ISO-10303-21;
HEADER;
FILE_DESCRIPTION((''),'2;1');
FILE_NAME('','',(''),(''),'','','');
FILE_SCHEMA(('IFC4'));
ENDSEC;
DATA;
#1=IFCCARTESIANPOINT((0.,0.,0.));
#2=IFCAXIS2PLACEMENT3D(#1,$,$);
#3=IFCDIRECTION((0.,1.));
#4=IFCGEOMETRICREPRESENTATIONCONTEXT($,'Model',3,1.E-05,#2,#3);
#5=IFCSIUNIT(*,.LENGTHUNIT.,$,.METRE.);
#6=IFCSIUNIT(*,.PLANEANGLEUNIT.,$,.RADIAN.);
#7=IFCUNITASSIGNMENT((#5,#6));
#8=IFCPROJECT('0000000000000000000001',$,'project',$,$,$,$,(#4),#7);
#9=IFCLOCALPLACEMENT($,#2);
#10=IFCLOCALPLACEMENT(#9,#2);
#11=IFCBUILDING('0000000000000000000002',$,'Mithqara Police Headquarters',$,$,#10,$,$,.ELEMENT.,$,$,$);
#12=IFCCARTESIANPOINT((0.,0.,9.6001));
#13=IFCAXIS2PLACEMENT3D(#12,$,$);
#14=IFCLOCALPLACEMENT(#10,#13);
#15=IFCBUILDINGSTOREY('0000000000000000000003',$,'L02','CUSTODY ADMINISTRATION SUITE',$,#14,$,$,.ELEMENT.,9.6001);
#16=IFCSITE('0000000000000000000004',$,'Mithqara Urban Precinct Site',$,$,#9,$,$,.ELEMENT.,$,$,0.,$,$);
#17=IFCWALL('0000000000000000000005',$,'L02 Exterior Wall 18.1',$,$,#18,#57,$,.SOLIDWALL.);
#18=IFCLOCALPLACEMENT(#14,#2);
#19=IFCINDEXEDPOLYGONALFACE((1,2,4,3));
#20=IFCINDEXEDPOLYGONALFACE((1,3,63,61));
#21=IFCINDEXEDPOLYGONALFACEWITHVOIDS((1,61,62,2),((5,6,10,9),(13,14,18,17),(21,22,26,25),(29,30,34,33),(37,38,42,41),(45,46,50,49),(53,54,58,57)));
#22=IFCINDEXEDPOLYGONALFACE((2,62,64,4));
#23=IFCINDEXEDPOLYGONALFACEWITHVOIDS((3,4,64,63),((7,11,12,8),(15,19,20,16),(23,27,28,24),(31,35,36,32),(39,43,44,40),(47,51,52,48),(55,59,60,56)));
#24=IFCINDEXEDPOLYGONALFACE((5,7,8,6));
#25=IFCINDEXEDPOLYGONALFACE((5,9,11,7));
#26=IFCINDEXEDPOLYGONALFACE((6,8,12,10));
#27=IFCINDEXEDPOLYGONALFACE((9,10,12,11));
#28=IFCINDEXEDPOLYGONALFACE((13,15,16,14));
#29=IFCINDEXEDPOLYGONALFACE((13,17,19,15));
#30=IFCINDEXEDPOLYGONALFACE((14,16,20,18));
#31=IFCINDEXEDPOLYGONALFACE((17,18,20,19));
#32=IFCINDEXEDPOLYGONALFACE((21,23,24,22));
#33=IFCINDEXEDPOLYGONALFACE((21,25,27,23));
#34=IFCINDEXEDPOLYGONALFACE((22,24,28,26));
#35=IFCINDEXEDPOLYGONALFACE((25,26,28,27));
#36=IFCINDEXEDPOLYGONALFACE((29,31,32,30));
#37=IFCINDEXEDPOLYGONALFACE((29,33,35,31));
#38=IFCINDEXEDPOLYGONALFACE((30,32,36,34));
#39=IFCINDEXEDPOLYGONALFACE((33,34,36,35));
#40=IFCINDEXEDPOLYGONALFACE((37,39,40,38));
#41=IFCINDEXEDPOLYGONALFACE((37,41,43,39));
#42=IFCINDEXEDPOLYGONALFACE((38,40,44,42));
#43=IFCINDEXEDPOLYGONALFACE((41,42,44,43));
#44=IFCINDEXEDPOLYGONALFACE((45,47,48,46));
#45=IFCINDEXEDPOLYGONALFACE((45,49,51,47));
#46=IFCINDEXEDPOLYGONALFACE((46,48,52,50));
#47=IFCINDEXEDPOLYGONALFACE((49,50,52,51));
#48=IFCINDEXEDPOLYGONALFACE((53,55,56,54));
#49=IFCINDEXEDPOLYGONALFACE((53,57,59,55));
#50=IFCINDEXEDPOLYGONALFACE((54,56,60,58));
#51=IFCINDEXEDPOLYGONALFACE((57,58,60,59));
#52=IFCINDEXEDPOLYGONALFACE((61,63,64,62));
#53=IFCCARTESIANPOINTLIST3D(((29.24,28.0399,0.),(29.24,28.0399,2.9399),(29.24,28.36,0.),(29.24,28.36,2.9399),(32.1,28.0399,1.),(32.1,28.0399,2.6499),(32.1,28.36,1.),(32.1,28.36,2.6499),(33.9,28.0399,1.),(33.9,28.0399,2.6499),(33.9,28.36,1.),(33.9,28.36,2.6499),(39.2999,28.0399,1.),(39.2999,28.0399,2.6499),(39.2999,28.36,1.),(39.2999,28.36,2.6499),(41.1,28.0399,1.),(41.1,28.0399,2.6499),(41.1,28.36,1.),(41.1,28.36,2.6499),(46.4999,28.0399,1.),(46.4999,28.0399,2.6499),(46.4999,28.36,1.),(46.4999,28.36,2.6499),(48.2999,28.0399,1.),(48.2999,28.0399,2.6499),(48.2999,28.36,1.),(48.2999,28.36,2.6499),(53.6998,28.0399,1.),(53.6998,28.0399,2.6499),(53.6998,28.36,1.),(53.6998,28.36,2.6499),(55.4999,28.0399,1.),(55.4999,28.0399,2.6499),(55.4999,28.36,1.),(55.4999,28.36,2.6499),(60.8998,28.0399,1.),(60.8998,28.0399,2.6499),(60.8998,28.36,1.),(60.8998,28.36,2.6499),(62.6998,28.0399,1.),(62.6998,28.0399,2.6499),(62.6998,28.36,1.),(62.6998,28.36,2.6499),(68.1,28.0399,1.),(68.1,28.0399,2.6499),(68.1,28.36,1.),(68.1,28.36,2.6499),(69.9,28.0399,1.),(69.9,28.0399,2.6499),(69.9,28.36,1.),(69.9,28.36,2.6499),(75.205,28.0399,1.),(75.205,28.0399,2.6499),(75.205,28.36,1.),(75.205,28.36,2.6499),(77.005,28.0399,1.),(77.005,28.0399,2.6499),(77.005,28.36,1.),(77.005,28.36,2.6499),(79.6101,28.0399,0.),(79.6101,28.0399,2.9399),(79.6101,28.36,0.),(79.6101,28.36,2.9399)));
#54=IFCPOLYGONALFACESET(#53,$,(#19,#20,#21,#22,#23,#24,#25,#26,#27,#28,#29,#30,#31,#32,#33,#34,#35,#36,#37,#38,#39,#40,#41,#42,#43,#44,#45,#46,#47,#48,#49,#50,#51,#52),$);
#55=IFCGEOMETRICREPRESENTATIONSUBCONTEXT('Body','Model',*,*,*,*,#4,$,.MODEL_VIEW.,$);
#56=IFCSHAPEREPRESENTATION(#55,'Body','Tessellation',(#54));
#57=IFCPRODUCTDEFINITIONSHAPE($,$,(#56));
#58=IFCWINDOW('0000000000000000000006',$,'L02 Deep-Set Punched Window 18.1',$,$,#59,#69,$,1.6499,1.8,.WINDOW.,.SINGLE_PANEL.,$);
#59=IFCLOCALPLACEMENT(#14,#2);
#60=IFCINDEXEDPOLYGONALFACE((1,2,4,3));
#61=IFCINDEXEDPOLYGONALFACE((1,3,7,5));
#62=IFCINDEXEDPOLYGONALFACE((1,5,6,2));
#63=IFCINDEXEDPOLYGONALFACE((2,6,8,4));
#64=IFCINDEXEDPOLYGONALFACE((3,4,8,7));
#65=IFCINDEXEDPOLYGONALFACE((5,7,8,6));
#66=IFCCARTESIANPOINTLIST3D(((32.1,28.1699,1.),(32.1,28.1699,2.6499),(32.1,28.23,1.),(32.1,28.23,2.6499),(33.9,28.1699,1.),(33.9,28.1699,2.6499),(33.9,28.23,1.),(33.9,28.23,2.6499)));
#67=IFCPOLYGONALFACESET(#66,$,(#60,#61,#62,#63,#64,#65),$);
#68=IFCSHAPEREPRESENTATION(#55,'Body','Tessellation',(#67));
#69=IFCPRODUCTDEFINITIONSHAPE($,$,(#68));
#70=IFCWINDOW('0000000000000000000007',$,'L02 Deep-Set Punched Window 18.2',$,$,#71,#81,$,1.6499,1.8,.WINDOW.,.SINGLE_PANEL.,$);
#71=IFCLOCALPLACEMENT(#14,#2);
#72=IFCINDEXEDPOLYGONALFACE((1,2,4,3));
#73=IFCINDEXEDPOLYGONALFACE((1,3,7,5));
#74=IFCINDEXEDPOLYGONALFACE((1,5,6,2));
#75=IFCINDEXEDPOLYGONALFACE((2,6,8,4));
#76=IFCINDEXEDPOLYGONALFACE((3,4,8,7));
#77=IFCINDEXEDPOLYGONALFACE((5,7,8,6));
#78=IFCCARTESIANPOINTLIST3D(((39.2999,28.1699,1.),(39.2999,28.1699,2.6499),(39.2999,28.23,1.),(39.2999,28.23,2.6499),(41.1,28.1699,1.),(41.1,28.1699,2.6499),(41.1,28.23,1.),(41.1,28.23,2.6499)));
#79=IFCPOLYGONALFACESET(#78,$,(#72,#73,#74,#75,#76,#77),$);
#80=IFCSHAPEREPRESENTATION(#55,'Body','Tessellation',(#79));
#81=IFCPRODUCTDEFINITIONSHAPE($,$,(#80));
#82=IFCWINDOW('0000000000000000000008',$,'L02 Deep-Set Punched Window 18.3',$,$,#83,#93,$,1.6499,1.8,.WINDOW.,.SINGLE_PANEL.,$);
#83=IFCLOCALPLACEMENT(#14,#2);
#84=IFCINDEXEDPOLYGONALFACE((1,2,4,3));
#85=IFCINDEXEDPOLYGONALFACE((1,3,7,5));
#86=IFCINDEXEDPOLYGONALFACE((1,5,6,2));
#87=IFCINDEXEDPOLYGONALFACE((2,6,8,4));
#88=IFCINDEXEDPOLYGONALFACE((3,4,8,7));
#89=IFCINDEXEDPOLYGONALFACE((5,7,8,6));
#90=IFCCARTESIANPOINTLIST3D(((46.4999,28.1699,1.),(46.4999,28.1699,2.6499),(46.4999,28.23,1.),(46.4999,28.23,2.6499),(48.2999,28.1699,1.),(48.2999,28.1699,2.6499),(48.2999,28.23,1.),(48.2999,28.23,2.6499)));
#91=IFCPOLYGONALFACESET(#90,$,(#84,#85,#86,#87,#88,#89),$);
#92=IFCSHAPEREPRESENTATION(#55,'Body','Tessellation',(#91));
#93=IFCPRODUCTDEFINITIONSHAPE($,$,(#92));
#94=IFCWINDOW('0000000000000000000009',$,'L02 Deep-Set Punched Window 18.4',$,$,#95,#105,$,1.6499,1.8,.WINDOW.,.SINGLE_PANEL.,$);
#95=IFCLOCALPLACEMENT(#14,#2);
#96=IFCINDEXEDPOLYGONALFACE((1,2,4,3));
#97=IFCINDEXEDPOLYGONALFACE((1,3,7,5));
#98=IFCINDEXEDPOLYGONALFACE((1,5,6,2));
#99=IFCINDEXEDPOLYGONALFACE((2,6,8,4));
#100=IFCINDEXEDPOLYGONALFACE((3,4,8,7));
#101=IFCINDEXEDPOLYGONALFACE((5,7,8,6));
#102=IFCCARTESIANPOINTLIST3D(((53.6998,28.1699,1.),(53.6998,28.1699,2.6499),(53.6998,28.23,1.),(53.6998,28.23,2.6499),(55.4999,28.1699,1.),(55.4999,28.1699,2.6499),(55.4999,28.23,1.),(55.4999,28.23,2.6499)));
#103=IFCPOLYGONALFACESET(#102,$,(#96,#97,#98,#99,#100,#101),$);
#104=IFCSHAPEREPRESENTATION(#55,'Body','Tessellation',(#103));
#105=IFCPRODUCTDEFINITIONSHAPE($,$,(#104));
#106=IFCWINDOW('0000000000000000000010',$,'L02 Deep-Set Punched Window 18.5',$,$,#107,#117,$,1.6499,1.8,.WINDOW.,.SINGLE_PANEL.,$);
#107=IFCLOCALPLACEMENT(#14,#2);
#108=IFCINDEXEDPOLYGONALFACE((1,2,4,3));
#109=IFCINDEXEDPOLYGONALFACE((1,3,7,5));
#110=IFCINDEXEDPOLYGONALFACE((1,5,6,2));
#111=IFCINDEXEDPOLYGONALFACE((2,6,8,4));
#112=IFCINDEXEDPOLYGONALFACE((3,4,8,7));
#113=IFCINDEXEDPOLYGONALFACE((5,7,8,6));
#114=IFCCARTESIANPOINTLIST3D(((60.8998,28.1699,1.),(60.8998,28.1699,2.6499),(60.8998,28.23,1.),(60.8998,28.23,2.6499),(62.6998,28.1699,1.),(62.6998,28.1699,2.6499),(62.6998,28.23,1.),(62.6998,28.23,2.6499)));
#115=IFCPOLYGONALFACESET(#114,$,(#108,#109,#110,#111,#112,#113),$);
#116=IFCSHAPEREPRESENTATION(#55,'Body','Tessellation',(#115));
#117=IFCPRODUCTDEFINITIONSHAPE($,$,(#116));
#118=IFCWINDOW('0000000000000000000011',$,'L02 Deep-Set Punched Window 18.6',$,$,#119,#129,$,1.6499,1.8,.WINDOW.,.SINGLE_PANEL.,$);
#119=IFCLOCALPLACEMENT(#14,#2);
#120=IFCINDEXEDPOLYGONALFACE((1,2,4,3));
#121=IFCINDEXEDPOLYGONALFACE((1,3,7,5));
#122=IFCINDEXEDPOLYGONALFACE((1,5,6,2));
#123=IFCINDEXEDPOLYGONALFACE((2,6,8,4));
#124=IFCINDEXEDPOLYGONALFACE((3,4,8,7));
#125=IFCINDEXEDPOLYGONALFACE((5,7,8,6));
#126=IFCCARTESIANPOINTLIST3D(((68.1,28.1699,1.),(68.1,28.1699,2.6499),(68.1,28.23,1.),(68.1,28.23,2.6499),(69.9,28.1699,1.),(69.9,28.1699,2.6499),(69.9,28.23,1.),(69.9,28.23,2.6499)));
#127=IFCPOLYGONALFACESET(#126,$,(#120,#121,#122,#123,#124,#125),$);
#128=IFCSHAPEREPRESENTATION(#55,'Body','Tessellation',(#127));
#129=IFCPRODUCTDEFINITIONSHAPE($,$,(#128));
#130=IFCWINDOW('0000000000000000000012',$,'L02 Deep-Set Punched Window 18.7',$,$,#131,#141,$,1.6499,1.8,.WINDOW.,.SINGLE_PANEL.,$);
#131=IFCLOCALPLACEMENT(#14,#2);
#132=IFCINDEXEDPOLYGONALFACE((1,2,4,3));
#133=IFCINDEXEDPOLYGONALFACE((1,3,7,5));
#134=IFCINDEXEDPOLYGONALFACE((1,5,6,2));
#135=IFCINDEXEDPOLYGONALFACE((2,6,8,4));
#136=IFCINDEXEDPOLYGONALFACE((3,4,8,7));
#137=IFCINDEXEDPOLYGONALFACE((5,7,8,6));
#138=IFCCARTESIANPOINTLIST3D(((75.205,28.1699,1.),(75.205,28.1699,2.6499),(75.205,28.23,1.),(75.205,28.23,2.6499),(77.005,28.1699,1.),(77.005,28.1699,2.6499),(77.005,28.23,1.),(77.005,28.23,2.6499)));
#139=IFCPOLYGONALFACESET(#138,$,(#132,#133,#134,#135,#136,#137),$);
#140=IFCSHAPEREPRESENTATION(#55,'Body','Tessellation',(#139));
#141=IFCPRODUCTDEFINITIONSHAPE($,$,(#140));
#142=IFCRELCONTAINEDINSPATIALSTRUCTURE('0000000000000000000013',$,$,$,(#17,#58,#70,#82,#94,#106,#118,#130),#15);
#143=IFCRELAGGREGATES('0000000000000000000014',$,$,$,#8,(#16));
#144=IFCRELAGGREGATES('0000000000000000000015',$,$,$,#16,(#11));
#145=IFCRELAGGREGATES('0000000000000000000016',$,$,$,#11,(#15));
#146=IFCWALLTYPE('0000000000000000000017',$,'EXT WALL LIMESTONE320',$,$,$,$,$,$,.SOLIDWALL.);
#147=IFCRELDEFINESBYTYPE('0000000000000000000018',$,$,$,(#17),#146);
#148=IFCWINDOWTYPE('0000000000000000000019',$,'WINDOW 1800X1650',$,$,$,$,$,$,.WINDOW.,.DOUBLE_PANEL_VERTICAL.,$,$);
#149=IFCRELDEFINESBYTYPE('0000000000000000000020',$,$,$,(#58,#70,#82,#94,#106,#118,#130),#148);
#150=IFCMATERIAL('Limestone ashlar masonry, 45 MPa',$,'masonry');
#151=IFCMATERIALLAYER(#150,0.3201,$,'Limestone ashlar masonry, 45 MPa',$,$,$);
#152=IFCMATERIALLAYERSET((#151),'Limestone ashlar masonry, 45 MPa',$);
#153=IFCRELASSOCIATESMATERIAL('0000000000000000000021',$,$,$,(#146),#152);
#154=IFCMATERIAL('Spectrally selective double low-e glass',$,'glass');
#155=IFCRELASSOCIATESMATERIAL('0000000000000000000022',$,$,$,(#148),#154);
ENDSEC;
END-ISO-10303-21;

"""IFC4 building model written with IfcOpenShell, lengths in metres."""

from ifc_helpers import new_model, si_unit, direction, frame, frame_2d, origin, place, context, subcontext, project, spatial, rectangle, extrude, material, layer, layer_set, type_object, element, fill, save


model = new_model("IFC4")

# Units and contexts
model_context = context("Model", 3, precision=1e-05, world=origin(), true_north=direction((0.0, 1.0)))
body_context = subcontext(model_context, "Body", "Model", "MODEL_VIEW")
ifc_project = project(units=[si_unit("LENGTHUNIT", "METRE"), si_unit("PLANEANGLEUNIT", "RADIAN")], contexts=[model_context])

# Site, building, storey
site_placement = place(None, origin())
site = spatial("IfcSite", under=ifc_project, at=site_placement, Name="Mithqara Urban Precinct Site", CompositionType="ELEMENT", RefElevation=0.0)
building_placement = place(site_placement, origin())
building = spatial("IfcBuilding", under=site, at=building_placement, Name="Mithqara Police Headquarters", CompositionType="ELEMENT")
storey_placement = place(building_placement, frame((0.0, 0.0, 9.6001)))
storey = spatial("IfcBuildingStorey", under=building, at=storey_placement, Name="L02", Description="CUSTODY ADMINISTRATION SUITE", CompositionType="ELEMENT", Elevation=9.6001)

# Shared definitions
ifc_material_1 = material(Name="Limestone ashlar masonry, 45 MPa", Category="masonry")
ifc_layer_1 = layer(ifc_material_1, 0.3201, Name="Limestone ashlar masonry, 45 MPa")
ifc_layer_set_1 = layer_set([ifc_layer_1], Name="Limestone ashlar masonry, 45 MPa")
wall_type_1 = type_object("IfcWallType", Name="EXT WALL LIMESTONE320", PredefinedType="SOLIDWALL", material=ifc_layer_set_1)
ifc_material_2 = material(Name="Spectrally selective double low-e glass", Category="glass")

# Wall, openings, windows
wall_1_placement = place(storey_placement, frame((29.24, 28.2, 0.0), z_axis=(0.0, 0.0, 1.0), x_axis=(1.0, 0.0, 0.0)))
wall_1 = element("IfcWall", 1, at=wall_1_placement, inside=storey, type_object=wall_type_1, Name="L02 Exterior Wall 18.1", PredefinedType="SOLIDWALL", context=body_context, shape_type="SweptSolid", body=[
    extrude(rectangle(XDim=50.3701, YDim=0.3201, at=frame_2d((25.1851, 0.0))), origin(), (0.0, 0.0, 1.0), 2.9399),
])
opening_1_placement = place(wall_1_placement, frame((2.8601, 0.0, 1.0)))
opening_1 = element("IfcOpeningElement", 2, at=opening_1_placement, cuts=wall_1, PredefinedType="OPENING", context=body_context, shape_type="SweptSolid", body=[
    extrude(rectangle(XDim=1.8, YDim=1.6499, at=frame_2d((0.8999, 0.825))), frame((0.0, 0.1699, 0.0), z_axis=(0.0, -1.0, 0.0), x_axis=(1.0, 0.0, 0.0)), (0.0, 0.0, 1.0), 0.3401),
])
opening_2_placement = place(wall_1_placement, frame((10.0601, 0.0, 1.0)))
opening_2 = element("IfcOpeningElement", 3, at=opening_2_placement, cuts=wall_1, PredefinedType="OPENING", context=body_context, shape_type="SweptSolid", body=[
    extrude(rectangle(XDim=1.8, YDim=1.6499, at=frame_2d((0.8999, 0.825))), frame((0.0, 0.1699, 0.0), z_axis=(0.0, -1.0, 0.0), x_axis=(1.0, 0.0, 0.0)), (0.0, 0.0, 1.0), 0.3401),
])
opening_3_placement = place(wall_1_placement, frame((17.26, 0.0, 1.0)))
opening_3 = element("IfcOpeningElement", 4, at=opening_3_placement, cuts=wall_1, PredefinedType="OPENING", context=body_context, shape_type="SweptSolid", body=[
    extrude(rectangle(XDim=1.8, YDim=1.6499, at=frame_2d((0.8999, 0.825))), frame((0.0, 0.1699, 0.0), z_axis=(0.0, -1.0, 0.0), x_axis=(1.0, 0.0, 0.0)), (0.0, 0.0, 1.0), 0.3401),
])
opening_4_placement = place(wall_1_placement, frame((24.46, 0.0, 1.0)))
opening_4 = element("IfcOpeningElement", 5, at=opening_4_placement, cuts=wall_1, PredefinedType="OPENING", context=body_context, shape_type="SweptSolid", body=[
    extrude(rectangle(XDim=1.8, YDim=1.6499, at=frame_2d((0.8999, 0.825))), frame((0.0, 0.1699, 0.0), z_axis=(0.0, -1.0, 0.0), x_axis=(1.0, 0.0, 0.0)), (0.0, 0.0, 1.0), 0.3401),
])
opening_5_placement = place(wall_1_placement, frame((31.6599, 0.0, 1.0)))
opening_5 = element("IfcOpeningElement", 6, at=opening_5_placement, cuts=wall_1, PredefinedType="OPENING", context=body_context, shape_type="SweptSolid", body=[
    extrude(rectangle(XDim=1.8, YDim=1.6499, at=frame_2d((0.8999, 0.825))), frame((0.0, 0.1699, 0.0), z_axis=(0.0, -1.0, 0.0), x_axis=(1.0, 0.0, 0.0)), (0.0, 0.0, 1.0), 0.3401),
])
opening_6_placement = place(wall_1_placement, frame((38.8601, 0.0, 1.0)))
opening_6 = element("IfcOpeningElement", 7, at=opening_6_placement, cuts=wall_1, PredefinedType="OPENING", context=body_context, shape_type="SweptSolid", body=[
    extrude(rectangle(XDim=1.8, YDim=1.6499, at=frame_2d((0.8999, 0.825))), frame((0.0, 0.1699, 0.0), z_axis=(0.0, -1.0, 0.0), x_axis=(1.0, 0.0, 0.0)), (0.0, 0.0, 1.0), 0.3401),
])
opening_7_placement = place(wall_1_placement, frame((45.9651, 0.0, 1.0)))
opening_7 = element("IfcOpeningElement", 8, at=opening_7_placement, cuts=wall_1, PredefinedType="OPENING", context=body_context, shape_type="SweptSolid", body=[
    extrude(rectangle(XDim=1.8, YDim=1.6499, at=frame_2d((0.8999, 0.825))), frame((0.0, 0.1699, 0.0), z_axis=(0.0, -1.0, 0.0), x_axis=(1.0, 0.0, 0.0)), (0.0, 0.0, 1.0), 0.3401),
])
window_type_1 = type_object("IfcWindowType", Name="WINDOW 1800X1650", PartitioningType="DOUBLE_PANEL_VERTICAL", PredefinedType="WINDOW", material=ifc_material_2)
window_1_placement = place(opening_1_placement, origin())
window_1 = element("IfcWindow", 9, at=window_1_placement, inside=storey, type_object=window_type_1, Name="L02 Deep-Set Punched Window 18.1", OverallHeight=1.6499, OverallWidth=1.8, PartitioningType="SINGLE_PANEL", PredefinedType="WINDOW", context=body_context, shape_type="SweptSolid", body=[
    extrude(rectangle(XDim=1.8, YDim=1.6499, at=frame_2d((0.8999, 0.825))), frame((0.0, 0.03, 0.0), z_axis=(0.0, -1.0, 0.0), x_axis=(1.0, 0.0, 0.0)), (0.0, 0.0, 1.0), 0.0601),
])
fill(opening_1, window_1)
window_2_placement = place(opening_2_placement, origin())
window_2 = element("IfcWindow", 10, at=window_2_placement, inside=storey, type_object=window_type_1, Name="L02 Deep-Set Punched Window 18.2", OverallHeight=1.6499, OverallWidth=1.8, PartitioningType="SINGLE_PANEL", PredefinedType="WINDOW", context=body_context, shape_type="SweptSolid", body=[
    extrude(rectangle(XDim=1.8, YDim=1.6499, at=frame_2d((0.8999, 0.825))), frame((0.0, 0.03, 0.0), z_axis=(0.0, -1.0, 0.0), x_axis=(1.0, 0.0, 0.0)), (0.0, 0.0, 1.0), 0.0601),
])
fill(opening_2, window_2)
window_3_placement = place(opening_3_placement, origin())
window_3 = element("IfcWindow", 11, at=window_3_placement, inside=storey, type_object=window_type_1, Name="L02 Deep-Set Punched Window 18.3", OverallHeight=1.6499, OverallWidth=1.8, PartitioningType="SINGLE_PANEL", PredefinedType="WINDOW", context=body_context, shape_type="SweptSolid", body=[
    extrude(rectangle(XDim=1.8, YDim=1.6499, at=frame_2d((0.8999, 0.825))), frame((0.0, 0.03, 0.0), z_axis=(0.0, -1.0, 0.0), x_axis=(1.0, 0.0, 0.0)), (0.0, 0.0, 1.0), 0.0601),
])
fill(opening_3, window_3)
window_4_placement = place(opening_4_placement, origin())
window_4 = element("IfcWindow", 12, at=window_4_placement, inside=storey, type_object=window_type_1, Name="L02 Deep-Set Punched Window 18.4", OverallHeight=1.6499, OverallWidth=1.8, PartitioningType="SINGLE_PANEL", PredefinedType="WINDOW", context=body_context, shape_type="SweptSolid", body=[
    extrude(rectangle(XDim=1.8, YDim=1.6499, at=frame_2d((0.8999, 0.825))), frame((0.0, 0.03, 0.0), z_axis=(0.0, -1.0, 0.0), x_axis=(1.0, 0.0, 0.0)), (0.0, 0.0, 1.0), 0.0601),
])
fill(opening_4, window_4)
window_5_placement = place(opening_5_placement, origin())
window_5 = element("IfcWindow", 13, at=window_5_placement, inside=storey, type_object=window_type_1, Name="L02 Deep-Set Punched Window 18.5", OverallHeight=1.6499, OverallWidth=1.8, PartitioningType="SINGLE_PANEL", PredefinedType="WINDOW", context=body_context, shape_type="SweptSolid", body=[
    extrude(rectangle(XDim=1.8, YDim=1.6499, at=frame_2d((0.8999, 0.825))), frame((0.0, 0.03, 0.0), z_axis=(0.0, -1.0, 0.0), x_axis=(1.0, 0.0, 0.0)), (0.0, 0.0, 1.0), 0.0601),
])
fill(opening_5, window_5)
window_6_placement = place(opening_6_placement, origin())
window_6 = element("IfcWindow", 14, at=window_6_placement, inside=storey, type_object=window_type_1, Name="L02 Deep-Set Punched Window 18.6", OverallHeight=1.6499, OverallWidth=1.8, PartitioningType="SINGLE_PANEL", PredefinedType="WINDOW", context=body_context, shape_type="SweptSolid", body=[
    extrude(rectangle(XDim=1.8, YDim=1.6499, at=frame_2d((0.8999, 0.825))), frame((0.0, 0.03, 0.0), z_axis=(0.0, -1.0, 0.0), x_axis=(1.0, 0.0, 0.0)), (0.0, 0.0, 1.0), 0.0601),
])
fill(opening_6, window_6)
window_7_placement = place(opening_7_placement, origin())
window_7 = element("IfcWindow", 15, at=window_7_placement, inside=storey, type_object=window_type_1, Name="L02 Deep-Set Punched Window 18.7", OverallHeight=1.6499, OverallWidth=1.8, PartitioningType="SINGLE_PANEL", PredefinedType="WINDOW", context=body_context, shape_type="SweptSolid", body=[
    extrude(rectangle(XDim=1.8, YDim=1.6499, at=frame_2d((0.8999, 0.825))), frame((0.0, 0.03, 0.0), z_axis=(0.0, -1.0, 0.0), x_axis=(1.0, 0.0, 0.0)), (0.0, 0.0, 1.0), 0.0601),
])
fill(opening_7, window_7)

save(model, "model.ifc")
